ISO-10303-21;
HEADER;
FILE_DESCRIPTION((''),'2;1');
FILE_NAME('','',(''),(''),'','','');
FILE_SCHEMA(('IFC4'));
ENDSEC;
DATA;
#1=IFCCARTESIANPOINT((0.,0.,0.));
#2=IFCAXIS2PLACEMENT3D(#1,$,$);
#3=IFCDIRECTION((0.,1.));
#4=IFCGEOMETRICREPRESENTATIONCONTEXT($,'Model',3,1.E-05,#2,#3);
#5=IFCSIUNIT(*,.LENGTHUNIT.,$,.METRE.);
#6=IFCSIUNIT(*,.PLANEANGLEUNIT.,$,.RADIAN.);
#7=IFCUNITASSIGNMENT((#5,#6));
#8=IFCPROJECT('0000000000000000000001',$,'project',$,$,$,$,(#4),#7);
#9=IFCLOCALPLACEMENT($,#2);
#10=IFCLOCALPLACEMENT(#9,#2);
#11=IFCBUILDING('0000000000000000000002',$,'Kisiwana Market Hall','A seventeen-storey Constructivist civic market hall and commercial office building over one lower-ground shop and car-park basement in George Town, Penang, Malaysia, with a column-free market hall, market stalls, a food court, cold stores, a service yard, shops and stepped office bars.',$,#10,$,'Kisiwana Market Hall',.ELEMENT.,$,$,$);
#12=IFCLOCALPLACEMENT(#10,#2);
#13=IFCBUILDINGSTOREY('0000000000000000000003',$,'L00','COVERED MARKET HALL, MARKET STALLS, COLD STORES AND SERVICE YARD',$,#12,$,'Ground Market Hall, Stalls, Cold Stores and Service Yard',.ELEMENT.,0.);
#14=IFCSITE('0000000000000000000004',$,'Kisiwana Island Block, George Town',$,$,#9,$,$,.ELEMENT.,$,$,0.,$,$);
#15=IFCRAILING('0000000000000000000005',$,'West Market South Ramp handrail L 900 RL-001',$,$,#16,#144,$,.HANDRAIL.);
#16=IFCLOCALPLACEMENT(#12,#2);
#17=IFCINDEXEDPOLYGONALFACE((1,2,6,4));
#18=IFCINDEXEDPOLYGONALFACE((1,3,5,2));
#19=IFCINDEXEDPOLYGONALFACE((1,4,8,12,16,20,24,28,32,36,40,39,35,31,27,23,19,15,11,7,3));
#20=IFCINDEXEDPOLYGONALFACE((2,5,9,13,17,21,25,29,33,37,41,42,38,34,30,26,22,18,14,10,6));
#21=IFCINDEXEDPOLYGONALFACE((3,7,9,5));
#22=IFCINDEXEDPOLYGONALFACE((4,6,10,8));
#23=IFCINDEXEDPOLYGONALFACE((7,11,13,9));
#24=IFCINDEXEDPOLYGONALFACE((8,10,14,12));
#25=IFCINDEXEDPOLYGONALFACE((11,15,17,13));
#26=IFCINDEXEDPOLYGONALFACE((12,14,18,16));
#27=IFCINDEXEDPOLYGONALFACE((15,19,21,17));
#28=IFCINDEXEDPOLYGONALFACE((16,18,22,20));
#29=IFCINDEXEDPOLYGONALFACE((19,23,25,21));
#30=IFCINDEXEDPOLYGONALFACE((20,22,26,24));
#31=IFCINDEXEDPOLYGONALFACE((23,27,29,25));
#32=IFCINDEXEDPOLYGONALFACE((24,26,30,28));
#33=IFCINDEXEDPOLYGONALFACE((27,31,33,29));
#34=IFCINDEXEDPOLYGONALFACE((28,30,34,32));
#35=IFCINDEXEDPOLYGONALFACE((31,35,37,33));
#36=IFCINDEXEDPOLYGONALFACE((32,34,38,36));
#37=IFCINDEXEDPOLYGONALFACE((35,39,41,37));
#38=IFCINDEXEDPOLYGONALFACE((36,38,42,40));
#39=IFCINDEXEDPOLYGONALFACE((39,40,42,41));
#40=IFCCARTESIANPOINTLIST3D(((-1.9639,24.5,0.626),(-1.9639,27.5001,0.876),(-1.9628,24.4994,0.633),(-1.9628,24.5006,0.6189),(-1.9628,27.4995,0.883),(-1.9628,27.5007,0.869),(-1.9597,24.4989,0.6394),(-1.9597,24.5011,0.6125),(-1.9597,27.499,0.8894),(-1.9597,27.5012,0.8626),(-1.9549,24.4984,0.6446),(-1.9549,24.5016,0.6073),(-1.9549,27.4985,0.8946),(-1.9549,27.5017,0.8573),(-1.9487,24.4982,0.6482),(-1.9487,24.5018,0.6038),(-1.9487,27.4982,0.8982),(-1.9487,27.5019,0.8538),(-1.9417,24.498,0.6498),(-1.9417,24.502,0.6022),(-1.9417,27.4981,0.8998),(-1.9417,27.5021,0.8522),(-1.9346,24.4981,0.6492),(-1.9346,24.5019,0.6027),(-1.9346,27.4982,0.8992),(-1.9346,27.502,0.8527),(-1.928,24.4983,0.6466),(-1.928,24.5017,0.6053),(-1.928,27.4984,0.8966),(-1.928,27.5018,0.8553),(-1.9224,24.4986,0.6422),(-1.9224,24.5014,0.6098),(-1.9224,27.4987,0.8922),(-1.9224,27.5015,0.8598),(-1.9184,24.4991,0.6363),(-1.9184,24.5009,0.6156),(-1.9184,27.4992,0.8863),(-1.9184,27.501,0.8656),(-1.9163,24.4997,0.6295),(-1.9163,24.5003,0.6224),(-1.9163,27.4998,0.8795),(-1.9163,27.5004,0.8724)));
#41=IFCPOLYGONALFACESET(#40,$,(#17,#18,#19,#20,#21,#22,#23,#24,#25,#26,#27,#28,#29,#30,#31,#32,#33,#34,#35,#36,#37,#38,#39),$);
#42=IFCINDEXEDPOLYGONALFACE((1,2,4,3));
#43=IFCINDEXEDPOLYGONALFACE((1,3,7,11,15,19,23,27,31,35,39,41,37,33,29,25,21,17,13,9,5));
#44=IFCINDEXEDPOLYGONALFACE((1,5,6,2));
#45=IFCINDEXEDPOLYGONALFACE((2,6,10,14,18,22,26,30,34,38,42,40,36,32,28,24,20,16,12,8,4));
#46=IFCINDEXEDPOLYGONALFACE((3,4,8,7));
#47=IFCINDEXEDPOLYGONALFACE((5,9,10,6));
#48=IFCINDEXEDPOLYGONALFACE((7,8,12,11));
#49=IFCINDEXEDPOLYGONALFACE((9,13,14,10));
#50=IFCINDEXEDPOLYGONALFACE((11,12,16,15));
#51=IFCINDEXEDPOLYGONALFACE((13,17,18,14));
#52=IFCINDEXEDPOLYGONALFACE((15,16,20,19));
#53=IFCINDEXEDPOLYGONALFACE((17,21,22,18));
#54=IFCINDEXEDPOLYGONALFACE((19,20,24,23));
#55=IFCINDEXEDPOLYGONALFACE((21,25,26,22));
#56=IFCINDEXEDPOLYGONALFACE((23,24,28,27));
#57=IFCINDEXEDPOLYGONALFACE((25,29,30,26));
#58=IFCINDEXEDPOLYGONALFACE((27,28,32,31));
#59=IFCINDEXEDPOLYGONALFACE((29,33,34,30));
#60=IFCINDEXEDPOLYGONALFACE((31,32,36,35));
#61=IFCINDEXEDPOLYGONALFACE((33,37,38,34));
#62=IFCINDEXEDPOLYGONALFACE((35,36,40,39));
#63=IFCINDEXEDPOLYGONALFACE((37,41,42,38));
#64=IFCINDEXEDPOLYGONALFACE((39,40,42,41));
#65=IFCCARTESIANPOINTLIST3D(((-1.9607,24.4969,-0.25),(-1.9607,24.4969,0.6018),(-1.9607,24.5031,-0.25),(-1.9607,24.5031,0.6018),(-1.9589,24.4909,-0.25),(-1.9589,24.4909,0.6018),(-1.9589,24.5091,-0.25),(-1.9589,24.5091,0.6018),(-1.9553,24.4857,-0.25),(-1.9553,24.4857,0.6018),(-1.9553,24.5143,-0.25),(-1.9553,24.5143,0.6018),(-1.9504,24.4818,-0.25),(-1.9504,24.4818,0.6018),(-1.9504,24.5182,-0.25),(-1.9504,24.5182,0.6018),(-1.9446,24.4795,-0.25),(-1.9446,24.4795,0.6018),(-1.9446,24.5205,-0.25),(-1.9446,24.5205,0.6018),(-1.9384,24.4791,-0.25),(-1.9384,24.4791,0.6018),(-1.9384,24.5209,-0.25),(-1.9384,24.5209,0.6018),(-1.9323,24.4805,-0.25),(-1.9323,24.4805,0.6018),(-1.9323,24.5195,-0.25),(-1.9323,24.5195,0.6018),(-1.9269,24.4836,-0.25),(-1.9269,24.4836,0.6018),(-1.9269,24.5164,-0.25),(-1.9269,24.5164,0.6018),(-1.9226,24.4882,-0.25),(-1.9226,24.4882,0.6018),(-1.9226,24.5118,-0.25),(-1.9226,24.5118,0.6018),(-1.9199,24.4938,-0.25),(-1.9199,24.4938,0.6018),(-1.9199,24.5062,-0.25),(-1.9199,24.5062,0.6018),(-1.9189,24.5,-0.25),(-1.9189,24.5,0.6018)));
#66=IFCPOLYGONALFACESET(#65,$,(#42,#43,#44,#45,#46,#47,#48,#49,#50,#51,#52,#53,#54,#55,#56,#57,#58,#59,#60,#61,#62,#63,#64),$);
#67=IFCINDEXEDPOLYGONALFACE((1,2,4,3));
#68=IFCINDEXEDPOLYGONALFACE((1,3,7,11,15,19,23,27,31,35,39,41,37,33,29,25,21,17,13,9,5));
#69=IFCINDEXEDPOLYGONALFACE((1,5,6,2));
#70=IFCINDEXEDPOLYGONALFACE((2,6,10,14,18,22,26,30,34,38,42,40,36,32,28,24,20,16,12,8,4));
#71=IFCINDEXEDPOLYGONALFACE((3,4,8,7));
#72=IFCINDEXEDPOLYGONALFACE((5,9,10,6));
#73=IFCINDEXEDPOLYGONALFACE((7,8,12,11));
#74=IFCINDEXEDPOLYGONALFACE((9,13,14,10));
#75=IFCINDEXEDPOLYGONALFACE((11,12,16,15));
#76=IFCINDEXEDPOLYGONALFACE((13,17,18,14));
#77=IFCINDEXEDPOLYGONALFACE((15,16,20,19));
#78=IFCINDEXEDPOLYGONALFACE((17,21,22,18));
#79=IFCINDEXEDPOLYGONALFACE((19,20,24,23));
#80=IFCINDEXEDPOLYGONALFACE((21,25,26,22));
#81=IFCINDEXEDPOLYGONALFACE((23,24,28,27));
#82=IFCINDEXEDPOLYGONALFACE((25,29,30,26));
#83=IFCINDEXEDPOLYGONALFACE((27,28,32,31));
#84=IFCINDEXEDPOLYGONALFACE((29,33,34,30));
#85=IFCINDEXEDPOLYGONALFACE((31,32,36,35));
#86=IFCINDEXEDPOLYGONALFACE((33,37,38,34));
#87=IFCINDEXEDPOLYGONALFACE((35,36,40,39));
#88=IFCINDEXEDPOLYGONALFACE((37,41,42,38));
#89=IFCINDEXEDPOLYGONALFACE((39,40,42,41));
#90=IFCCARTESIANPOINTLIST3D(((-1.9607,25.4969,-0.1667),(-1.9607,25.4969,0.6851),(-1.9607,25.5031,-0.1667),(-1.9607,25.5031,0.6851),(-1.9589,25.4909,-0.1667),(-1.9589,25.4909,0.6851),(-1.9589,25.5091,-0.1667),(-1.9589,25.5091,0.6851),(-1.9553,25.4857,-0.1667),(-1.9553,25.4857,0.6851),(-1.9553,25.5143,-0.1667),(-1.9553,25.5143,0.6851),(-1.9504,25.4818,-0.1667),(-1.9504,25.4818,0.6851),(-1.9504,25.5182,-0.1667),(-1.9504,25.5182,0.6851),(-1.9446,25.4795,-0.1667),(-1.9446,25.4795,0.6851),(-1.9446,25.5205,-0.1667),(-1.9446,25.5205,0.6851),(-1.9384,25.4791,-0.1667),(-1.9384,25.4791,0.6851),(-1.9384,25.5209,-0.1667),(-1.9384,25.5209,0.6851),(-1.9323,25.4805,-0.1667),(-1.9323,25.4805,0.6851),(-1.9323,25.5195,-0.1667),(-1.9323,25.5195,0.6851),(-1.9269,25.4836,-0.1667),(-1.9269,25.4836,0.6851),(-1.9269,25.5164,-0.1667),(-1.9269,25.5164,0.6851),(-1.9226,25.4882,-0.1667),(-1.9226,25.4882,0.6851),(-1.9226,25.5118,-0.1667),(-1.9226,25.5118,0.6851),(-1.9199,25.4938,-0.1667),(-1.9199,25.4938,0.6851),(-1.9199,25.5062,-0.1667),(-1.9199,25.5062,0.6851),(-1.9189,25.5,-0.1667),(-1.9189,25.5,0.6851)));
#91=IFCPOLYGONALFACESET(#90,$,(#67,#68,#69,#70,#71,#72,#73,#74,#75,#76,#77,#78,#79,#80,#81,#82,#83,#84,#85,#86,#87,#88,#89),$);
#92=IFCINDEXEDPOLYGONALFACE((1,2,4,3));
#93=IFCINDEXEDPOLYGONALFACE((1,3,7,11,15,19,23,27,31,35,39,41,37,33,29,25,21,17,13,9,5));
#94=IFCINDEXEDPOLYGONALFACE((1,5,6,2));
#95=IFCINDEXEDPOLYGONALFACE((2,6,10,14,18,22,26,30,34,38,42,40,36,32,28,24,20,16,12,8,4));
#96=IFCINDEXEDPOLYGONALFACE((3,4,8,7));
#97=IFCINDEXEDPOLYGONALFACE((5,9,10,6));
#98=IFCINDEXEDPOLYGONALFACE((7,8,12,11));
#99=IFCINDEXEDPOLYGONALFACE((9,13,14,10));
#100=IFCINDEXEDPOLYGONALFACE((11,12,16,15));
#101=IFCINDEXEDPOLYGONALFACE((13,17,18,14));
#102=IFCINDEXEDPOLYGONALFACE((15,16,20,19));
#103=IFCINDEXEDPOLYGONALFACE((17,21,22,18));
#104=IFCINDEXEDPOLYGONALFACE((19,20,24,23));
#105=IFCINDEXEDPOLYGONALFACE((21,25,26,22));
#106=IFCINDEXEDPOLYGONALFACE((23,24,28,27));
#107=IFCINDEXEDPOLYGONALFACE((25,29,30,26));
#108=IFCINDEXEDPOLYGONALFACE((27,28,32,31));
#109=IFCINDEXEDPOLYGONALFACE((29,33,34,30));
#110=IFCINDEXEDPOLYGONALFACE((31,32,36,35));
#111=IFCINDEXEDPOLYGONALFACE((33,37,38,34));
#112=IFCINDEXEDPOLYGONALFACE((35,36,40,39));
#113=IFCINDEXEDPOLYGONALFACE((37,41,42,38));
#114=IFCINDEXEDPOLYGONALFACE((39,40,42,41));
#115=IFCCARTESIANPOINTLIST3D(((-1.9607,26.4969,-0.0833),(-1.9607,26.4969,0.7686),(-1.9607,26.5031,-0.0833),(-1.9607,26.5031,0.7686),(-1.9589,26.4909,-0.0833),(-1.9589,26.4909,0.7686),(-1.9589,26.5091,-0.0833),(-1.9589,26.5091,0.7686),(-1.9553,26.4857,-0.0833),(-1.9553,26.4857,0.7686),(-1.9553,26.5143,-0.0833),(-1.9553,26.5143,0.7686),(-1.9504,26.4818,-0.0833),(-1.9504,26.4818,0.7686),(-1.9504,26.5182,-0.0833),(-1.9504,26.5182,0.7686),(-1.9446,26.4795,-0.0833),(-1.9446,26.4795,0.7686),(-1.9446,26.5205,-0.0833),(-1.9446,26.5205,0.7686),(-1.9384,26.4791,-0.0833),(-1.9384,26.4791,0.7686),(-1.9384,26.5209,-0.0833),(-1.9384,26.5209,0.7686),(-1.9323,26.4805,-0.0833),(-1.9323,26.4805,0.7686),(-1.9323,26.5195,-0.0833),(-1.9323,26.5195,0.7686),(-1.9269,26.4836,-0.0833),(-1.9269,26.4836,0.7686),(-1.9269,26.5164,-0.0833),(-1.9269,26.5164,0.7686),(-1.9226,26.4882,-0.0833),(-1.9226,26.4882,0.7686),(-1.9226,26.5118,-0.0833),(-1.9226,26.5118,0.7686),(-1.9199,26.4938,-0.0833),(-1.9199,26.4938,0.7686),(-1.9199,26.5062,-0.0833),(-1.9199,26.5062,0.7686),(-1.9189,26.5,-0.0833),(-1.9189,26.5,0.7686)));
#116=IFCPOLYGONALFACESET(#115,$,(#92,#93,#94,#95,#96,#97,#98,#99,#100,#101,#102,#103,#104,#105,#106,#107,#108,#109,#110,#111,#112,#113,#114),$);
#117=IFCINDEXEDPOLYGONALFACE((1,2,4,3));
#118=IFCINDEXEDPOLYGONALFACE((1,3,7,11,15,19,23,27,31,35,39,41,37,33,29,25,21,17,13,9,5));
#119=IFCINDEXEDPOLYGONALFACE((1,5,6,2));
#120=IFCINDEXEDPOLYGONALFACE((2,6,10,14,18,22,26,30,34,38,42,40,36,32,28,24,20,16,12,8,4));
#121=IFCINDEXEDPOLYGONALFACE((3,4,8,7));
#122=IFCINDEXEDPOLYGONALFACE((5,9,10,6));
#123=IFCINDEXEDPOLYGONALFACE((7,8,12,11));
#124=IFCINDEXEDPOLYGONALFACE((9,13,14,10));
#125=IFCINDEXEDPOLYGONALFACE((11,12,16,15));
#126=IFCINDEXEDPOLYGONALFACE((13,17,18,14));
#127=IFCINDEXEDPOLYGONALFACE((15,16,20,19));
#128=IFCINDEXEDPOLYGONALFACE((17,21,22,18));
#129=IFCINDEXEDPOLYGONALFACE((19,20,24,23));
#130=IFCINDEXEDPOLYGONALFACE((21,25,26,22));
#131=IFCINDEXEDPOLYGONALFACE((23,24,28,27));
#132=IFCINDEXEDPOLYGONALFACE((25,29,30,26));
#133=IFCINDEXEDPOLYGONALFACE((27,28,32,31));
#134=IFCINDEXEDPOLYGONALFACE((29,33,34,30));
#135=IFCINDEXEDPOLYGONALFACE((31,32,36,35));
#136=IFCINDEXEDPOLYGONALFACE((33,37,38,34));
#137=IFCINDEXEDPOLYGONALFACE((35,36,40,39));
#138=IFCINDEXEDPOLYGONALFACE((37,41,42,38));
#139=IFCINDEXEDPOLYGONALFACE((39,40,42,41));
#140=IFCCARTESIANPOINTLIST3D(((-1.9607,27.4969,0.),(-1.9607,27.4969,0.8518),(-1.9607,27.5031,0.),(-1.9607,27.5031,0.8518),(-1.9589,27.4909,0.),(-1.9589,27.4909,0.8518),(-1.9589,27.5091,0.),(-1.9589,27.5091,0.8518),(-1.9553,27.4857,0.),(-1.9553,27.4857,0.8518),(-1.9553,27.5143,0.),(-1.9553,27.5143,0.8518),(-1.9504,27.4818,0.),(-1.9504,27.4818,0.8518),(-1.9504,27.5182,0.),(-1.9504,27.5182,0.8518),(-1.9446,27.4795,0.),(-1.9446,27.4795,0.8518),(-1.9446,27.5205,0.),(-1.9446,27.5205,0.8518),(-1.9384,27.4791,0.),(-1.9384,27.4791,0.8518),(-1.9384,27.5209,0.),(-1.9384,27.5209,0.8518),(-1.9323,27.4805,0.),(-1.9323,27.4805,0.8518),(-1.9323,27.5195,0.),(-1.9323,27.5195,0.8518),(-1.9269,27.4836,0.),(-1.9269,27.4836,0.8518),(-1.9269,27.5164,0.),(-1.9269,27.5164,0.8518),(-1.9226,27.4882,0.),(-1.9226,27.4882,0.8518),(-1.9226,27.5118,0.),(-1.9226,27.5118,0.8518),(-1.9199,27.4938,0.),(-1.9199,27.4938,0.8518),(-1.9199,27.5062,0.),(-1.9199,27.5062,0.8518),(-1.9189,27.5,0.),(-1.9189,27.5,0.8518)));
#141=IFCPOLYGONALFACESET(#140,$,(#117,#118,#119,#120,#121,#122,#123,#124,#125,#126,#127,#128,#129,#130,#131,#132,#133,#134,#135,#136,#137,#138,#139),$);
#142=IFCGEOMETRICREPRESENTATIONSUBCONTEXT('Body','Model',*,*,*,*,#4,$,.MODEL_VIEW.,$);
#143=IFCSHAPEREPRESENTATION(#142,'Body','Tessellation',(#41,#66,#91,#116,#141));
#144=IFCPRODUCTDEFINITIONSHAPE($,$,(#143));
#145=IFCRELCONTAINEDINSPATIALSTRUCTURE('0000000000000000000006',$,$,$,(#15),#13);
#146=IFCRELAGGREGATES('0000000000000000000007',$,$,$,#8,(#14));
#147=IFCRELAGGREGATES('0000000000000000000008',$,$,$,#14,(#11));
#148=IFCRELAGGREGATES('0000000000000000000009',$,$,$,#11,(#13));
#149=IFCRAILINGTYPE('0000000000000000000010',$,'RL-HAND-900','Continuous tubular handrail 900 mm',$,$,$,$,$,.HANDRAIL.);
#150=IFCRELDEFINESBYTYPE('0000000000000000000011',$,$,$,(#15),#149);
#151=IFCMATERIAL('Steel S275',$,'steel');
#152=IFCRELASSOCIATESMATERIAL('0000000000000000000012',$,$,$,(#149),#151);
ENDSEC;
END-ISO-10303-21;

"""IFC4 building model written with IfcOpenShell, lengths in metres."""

from ifc_helpers import new_model, si_unit, direction, frame, origin, origin_2d, place, context, subcontext, project, spatial, circle, extrude, material, type_object, element, save


model = new_model("IFC4")

# Units and contexts
model_context = context("Model", 3, precision=1e-05, world=origin(), true_north=direction((0.0, 1.0)))
body_context = subcontext(model_context, "Body", "Model", "MODEL_VIEW")
ifc_project = project(units=[si_unit("LENGTHUNIT", "METRE"), si_unit("PLANEANGLEUNIT", "RADIAN")], contexts=[model_context])

# Site, building, storey
site_placement = place(None, origin())
site = spatial("IfcSite", under=ifc_project, at=site_placement, Name="Kisiwana Island Block, George Town", CompositionType="ELEMENT", RefElevation=0.0)
building_placement = place(site_placement, origin())
building = spatial("IfcBuilding", under=site, at=building_placement, Name="Kisiwana Market Hall", Description="A seventeen-storey Constructivist civic market hall and commercial office building over one lower-ground shop and car-park basement in George Town, Penang, Malaysia, with a column-free market hall, market stalls, a food court, cold stores, a service yard, shops and stepped office bars.", LongName="Kisiwana Market Hall", CompositionType="ELEMENT")
storey_placement = place(building_placement, origin())
storey = spatial("IfcBuildingStorey", under=building, at=storey_placement, Name="L00", Description="COVERED MARKET HALL, MARKET STALLS, COLD STORES AND SERVICE YARD", LongName="Ground Market Hall, Stalls, Cold Stores and Service Yard", CompositionType="ELEMENT", Elevation=0.0)

# Railing
ifc_material_1 = material(Name="Steel S275", Category="steel")
railing_type_1 = type_object("IfcRailingType", Name="RL-HAND-900", Description="Continuous tubular handrail 900 mm", PredefinedType="HANDRAIL", material=ifc_material_1)
for number, where, name in (
    (1, (-1.9399, 24.5, -0.25), "West Market South Ramp handrail L 900 RL-001"),
):
    element("IfcRailing", number, at=place(storey_placement, frame(where)), inside=storey, type_object=railing_type_1, Name=name, PredefinedType="HANDRAIL", context=body_context, shape_type="SweptSolid", body=[
        extrude(circle(Radius=0.0239, at=origin_2d()), frame((0.0, 0.0, 0.876), z_axis=(0.0, 0.996546, 0.083045), x_axis=(-1.0, 0.0, 0.0)), (0.0, 0.0, 1.0), 3.0105),
        extrude(circle(Radius=0.021, at=origin_2d()), origin(), (0.0, 0.0, 1.0), 0.8518),
        extrude(circle(Radius=0.021, at=origin_2d()), frame((0.0, 1.0, 0.0833)), (0.0, 0.0, 1.0), 0.8518),
        extrude(circle(Radius=0.021, at=origin_2d()), frame((0.0, 2.0, 0.1667)), (0.0, 0.0, 1.0), 0.8518),
        extrude(circle(Radius=0.021, at=origin_2d()), frame((0.0, 3.0, 0.25)), (0.0, 0.0, 1.0), 0.8518),
    ])

save(model, "model.ifc")
